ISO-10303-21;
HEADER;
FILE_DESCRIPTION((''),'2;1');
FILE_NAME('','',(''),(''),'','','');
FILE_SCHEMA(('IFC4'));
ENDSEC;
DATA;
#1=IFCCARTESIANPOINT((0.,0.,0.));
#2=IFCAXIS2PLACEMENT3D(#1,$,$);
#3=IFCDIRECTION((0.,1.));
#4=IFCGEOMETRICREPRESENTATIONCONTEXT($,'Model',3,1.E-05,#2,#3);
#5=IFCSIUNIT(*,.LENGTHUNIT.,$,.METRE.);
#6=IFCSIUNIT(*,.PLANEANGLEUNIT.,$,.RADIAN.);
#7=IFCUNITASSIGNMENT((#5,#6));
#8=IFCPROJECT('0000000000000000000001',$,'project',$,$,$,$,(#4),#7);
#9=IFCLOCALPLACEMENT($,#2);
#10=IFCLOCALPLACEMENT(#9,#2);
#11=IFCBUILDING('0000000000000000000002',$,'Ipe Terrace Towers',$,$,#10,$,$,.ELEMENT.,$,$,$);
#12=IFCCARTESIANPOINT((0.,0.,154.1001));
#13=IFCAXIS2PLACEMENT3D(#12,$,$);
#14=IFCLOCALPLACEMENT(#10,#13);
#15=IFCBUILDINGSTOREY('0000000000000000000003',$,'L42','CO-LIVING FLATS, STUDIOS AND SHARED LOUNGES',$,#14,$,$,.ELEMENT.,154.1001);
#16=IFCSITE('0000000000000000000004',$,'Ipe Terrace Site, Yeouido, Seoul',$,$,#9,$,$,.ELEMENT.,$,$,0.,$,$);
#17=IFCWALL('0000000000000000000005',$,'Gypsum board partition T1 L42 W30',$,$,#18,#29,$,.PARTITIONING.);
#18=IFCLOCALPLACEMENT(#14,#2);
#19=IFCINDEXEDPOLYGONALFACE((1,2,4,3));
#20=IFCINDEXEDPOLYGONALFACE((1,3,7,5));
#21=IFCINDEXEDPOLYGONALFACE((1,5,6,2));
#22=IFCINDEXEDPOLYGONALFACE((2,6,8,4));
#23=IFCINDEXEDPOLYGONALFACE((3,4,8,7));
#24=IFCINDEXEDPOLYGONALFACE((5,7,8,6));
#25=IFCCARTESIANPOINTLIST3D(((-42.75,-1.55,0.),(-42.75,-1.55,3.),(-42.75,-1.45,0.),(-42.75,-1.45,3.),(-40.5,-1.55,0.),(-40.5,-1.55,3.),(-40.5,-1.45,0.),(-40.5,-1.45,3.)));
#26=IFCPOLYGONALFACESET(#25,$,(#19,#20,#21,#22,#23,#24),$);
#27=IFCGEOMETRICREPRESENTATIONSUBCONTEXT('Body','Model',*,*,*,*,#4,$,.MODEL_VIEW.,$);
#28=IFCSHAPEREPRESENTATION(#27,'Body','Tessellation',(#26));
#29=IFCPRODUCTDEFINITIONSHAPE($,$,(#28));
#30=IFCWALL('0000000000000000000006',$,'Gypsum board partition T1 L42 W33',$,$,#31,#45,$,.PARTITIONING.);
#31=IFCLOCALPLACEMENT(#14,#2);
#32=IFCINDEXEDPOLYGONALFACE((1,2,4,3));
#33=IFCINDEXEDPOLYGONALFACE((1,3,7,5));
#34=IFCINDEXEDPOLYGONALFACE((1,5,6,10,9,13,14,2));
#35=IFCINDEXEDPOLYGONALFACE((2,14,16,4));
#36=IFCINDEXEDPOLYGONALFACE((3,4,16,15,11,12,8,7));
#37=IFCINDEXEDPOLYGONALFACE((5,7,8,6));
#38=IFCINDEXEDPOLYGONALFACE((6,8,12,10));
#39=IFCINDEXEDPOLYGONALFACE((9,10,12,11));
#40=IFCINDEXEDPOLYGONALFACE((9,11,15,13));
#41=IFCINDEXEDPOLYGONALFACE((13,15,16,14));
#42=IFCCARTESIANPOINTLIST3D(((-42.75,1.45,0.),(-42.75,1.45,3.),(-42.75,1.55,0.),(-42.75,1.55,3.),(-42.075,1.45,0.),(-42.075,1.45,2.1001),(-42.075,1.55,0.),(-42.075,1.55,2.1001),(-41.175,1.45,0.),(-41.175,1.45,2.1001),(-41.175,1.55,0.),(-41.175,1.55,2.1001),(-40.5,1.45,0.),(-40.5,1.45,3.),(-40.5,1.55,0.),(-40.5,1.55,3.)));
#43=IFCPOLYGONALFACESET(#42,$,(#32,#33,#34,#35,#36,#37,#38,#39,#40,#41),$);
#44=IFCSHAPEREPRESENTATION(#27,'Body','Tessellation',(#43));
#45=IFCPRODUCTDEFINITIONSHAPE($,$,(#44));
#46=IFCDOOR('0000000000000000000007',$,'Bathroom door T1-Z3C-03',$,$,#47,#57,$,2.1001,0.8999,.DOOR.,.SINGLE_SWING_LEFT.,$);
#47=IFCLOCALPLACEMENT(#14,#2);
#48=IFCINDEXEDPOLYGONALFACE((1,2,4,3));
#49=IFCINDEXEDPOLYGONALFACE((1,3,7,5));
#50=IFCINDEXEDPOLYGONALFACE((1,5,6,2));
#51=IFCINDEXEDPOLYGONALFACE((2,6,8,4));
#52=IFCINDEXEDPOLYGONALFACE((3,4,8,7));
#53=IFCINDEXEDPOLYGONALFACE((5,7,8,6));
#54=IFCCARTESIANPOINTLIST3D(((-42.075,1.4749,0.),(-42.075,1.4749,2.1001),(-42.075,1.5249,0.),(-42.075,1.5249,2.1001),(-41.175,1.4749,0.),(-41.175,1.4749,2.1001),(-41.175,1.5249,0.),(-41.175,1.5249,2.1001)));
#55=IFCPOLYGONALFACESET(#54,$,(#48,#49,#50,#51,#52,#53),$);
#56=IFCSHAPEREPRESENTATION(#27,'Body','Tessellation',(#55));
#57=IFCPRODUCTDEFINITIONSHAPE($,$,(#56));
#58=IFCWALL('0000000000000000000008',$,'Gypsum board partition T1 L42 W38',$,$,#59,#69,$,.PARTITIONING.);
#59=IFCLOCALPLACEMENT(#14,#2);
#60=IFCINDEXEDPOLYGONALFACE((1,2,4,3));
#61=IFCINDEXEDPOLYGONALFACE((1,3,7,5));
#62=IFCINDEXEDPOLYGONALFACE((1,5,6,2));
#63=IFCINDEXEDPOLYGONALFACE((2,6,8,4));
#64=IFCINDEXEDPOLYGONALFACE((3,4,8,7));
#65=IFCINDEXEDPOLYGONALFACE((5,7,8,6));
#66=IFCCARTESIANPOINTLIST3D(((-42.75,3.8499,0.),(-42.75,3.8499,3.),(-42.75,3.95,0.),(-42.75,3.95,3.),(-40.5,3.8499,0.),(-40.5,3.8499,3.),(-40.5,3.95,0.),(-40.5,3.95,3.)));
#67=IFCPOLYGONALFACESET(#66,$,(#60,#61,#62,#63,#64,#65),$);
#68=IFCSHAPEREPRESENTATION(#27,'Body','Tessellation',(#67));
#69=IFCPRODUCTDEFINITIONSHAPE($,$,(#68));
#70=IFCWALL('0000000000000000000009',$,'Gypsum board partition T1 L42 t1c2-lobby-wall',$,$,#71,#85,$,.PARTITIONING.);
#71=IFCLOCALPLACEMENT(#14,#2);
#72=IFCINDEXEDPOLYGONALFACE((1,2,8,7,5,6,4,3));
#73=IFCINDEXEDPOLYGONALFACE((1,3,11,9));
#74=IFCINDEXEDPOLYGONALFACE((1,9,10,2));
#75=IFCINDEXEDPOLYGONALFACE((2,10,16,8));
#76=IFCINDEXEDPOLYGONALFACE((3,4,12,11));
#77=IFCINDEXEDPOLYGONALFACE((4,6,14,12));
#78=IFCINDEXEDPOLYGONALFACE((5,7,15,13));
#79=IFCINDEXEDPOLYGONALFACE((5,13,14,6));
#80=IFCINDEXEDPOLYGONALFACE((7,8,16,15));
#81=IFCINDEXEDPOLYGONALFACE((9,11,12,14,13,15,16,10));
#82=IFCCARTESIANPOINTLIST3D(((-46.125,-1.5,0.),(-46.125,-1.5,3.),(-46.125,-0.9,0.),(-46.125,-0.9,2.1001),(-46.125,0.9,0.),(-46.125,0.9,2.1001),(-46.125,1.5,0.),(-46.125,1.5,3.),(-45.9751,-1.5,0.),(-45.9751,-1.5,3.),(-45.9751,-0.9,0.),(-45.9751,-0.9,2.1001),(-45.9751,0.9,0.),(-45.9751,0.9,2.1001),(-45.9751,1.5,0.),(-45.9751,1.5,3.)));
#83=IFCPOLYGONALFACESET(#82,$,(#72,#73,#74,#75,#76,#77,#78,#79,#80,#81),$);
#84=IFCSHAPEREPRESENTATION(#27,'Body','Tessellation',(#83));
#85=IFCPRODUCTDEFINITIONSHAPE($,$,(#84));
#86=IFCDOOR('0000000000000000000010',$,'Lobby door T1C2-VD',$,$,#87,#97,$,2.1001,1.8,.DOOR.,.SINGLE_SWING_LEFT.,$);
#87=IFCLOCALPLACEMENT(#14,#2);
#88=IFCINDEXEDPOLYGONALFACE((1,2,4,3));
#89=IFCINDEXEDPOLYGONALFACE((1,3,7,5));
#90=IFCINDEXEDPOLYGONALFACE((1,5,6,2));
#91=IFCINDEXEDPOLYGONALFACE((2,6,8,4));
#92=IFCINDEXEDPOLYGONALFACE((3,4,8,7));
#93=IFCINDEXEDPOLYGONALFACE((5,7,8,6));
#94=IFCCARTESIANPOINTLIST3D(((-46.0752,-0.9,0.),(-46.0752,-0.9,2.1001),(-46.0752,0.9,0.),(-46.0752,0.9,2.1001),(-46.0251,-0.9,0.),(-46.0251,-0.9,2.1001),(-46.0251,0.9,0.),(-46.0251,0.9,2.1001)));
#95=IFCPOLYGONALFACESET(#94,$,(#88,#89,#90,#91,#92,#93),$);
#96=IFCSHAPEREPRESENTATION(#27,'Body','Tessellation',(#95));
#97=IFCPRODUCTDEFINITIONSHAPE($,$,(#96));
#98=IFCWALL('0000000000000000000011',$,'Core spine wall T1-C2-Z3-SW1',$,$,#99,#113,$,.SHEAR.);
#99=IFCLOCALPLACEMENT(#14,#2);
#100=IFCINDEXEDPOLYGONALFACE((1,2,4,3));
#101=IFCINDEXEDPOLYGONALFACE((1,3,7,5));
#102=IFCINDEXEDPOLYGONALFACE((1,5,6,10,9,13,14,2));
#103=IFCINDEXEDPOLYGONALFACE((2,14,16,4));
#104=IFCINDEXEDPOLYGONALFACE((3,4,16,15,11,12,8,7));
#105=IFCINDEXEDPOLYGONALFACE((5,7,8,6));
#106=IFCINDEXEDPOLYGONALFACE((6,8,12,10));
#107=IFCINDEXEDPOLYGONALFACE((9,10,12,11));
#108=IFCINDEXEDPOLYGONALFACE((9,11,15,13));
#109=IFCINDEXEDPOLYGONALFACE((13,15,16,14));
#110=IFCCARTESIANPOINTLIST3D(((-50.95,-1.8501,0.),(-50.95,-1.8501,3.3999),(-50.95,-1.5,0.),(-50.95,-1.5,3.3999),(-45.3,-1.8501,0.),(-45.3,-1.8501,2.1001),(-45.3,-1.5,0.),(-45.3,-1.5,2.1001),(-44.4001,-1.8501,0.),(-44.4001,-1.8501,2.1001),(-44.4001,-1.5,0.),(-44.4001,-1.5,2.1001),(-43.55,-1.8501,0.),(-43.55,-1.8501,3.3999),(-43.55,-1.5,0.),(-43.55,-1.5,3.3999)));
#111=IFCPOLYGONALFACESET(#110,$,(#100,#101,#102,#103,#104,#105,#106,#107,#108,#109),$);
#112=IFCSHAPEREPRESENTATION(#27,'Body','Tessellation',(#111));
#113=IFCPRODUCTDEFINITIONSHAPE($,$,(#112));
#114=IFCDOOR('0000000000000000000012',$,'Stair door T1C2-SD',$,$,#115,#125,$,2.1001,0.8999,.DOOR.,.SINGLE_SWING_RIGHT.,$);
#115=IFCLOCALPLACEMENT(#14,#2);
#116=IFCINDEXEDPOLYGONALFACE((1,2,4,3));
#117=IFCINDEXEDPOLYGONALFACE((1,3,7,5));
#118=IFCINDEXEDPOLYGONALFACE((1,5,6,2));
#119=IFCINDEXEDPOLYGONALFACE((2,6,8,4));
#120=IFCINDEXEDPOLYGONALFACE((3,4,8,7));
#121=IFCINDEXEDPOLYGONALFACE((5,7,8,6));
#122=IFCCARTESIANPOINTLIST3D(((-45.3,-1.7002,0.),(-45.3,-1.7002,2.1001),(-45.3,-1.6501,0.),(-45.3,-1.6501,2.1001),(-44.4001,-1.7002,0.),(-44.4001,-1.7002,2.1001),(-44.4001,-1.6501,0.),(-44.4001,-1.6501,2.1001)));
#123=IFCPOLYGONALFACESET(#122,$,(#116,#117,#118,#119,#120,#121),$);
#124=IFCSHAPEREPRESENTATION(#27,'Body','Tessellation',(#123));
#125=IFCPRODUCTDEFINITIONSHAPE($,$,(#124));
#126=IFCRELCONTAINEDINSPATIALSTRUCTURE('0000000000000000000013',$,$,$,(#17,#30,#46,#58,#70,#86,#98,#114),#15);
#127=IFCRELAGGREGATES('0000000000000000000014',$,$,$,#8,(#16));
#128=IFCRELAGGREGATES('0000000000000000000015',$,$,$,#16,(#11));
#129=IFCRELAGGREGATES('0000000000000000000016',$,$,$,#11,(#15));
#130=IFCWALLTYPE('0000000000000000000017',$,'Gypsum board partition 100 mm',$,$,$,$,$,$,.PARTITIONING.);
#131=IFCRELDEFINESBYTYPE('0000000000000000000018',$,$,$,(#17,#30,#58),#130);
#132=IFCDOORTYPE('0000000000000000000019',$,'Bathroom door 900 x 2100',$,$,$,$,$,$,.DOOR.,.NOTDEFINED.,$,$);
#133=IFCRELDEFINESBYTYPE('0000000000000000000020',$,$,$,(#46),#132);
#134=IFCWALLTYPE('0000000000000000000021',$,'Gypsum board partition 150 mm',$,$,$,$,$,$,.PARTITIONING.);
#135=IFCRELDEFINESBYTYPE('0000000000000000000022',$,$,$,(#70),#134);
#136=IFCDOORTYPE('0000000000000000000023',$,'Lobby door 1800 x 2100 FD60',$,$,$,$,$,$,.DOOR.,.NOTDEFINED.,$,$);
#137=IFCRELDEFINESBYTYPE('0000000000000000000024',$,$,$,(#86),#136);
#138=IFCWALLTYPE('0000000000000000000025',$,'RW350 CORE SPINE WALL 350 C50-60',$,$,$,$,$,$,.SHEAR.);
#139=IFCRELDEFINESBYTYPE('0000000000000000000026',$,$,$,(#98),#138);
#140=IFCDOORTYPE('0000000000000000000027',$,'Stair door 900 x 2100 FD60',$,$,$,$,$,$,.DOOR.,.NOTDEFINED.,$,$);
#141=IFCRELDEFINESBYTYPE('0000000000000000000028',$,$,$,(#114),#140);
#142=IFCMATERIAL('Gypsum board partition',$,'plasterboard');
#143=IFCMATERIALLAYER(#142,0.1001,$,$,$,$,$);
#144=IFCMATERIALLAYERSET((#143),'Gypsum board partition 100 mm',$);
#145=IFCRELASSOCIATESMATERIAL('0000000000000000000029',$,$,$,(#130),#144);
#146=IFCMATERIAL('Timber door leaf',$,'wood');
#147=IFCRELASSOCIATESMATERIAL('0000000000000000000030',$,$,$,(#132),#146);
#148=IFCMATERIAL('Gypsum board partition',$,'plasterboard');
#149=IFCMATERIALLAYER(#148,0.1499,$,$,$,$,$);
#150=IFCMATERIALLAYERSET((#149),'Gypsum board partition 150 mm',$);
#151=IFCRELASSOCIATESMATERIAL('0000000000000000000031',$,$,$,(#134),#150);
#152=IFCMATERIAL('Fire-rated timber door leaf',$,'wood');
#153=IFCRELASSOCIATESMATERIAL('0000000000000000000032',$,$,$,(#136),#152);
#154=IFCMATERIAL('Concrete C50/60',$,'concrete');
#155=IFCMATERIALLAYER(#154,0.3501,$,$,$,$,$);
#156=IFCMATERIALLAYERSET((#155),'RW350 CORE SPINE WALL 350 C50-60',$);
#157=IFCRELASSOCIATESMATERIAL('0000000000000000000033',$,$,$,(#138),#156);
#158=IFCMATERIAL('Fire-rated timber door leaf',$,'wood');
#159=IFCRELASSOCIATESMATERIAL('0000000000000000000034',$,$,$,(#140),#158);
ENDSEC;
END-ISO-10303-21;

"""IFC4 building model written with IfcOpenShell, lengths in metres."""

from ifc_helpers import new_model, si_unit, direction, frame, frame_2d, origin, place, context, subcontext, project, spatial, rectangle, extrude, material, layer, layer_set, type_object, element, fill, save


model = new_model("IFC4")

# Units and contexts
model_context = context("Model", 3, precision=1e-05, world=origin(), true_north=direction((0.0, 1.0)))
body_context = subcontext(model_context, "Body", "Model", "MODEL_VIEW")
ifc_project = project(units=[si_unit("LENGTHUNIT", "METRE"), si_unit("PLANEANGLEUNIT", "RADIAN")], contexts=[model_context])

# Site, building, storey
site_placement = place(None, origin())
site = spatial("IfcSite", under=ifc_project, at=site_placement, Name="Ipe Terrace Site, Yeouido, Seoul", CompositionType="ELEMENT", RefElevation=0.0)
building_placement = place(site_placement, origin())
building = spatial("IfcBuilding", under=site, at=building_placement, Name="Ipe Terrace Towers", CompositionType="ELEMENT")
storey_placement = place(building_placement, frame((0.0, 0.0, 154.1001)))
storey = spatial("IfcBuildingStorey", under=building, at=storey_placement, Name="L42", Description="CO-LIVING FLATS, STUDIOS AND SHARED LOUNGES", CompositionType="ELEMENT", Elevation=154.1001)

# Wall
ifc_material_1 = material(Name="Gypsum board partition", Category="plasterboard")
ifc_layer_1 = layer(ifc_material_1, 0.1001)
ifc_layer_set_1 = layer_set([ifc_layer_1], Name="Gypsum board partition 100 mm")
wall_type_1 = type_object("IfcWallType", Name="Gypsum board partition 100 mm", PredefinedType="PARTITIONING", material=ifc_layer_set_1)
wall_1_placement = place(storey_placement, frame((-42.75, -1.5, 0.0), z_axis=(0.0, 0.0, 1.0), x_axis=(1.0, 0.0, 0.0)))
element("IfcWall", 1, at=wall_1_placement, inside=storey, type_object=wall_type_1, Name="Gypsum board partition T1 L42 W30", PredefinedType="PARTITIONING", context=body_context, shape_type="SweptSolid", body=[
    extrude(rectangle(XDim=2.25, YDim=0.1001, at=frame_2d((1.125, 0.0))), origin(), (0.0, 0.0, 1.0), 3.0),
])

# Wall, opening, door
wall_2_placement = place(storey_placement, frame((-42.75, 1.5, 0.0), z_axis=(0.0, 0.0, 1.0), x_axis=(1.0, 0.0, 0.0)))
wall_2 = element("IfcWall", 2, at=wall_2_placement, inside=storey, type_object=wall_type_1, Name="Gypsum board partition T1 L42 W33", PredefinedType="PARTITIONING", context=body_context, shape_type="SweptSolid", body=[
    extrude(rectangle(XDim=2.25, YDim=0.1001, at=frame_2d((1.125, 0.0))), origin(), (0.0, 0.0, 1.0), 3.0),
])
opening_1_placement = place(wall_2_placement, frame((0.675, 0.0, 0.0)))
opening_1 = element("IfcOpeningElement", 3, at=opening_1_placement, cuts=wall_2, PredefinedType="OPENING", context=body_context, shape_type="SweptSolid", body=[
    extrude(rectangle(XDim=0.8999, YDim=2.1001, at=frame_2d((0.45, 1.05))), frame((0.0, 0.0601, 0.0), z_axis=(0.0, -1.0, 0.0), x_axis=(1.0, 0.0, 0.0)), (0.0, 0.0, 1.0), 0.1201),
])
ifc_material_2 = material(Name="Timber door leaf", Category="wood")
door_type_1 = type_object("IfcDoorType", Name="Bathroom door 900 x 2100", OperationType="NOTDEFINED", PredefinedType="DOOR", material=ifc_material_2)
door_1_placement = place(opening_1_placement, origin())
door_1 = element("IfcDoor", 4, at=door_1_placement, inside=storey, type_object=door_type_1, Name="Bathroom door T1-Z3C-03", OperationType="SINGLE_SWING_LEFT", OverallHeight=2.1001, OverallWidth=0.8999, PredefinedType="DOOR", context=body_context, shape_type="SweptSolid", body=[
    extrude(rectangle(XDim=0.8999, YDim=2.1001, at=frame_2d((0.45, 1.05))), frame((0.0, 0.0249, 0.0), z_axis=(0.0, -1.0, 0.0), x_axis=(1.0, 0.0, 0.0)), (0.0, 0.0, 1.0), 0.05),
])
fill(opening_1, door_1)

# Wall
wall_3_placement = place(storey_placement, frame((-42.75, 3.8999, 0.0), z_axis=(0.0, 0.0, 1.0), x_axis=(1.0, 0.0, 0.0)))
element("IfcWall", 5, at=wall_3_placement, inside=storey, type_object=wall_type_1, Name="Gypsum board partition T1 L42 W38", PredefinedType="PARTITIONING", context=body_context, shape_type="SweptSolid", body=[
    extrude(rectangle(XDim=2.25, YDim=0.1001, at=frame_2d((1.125, 0.0))), origin(), (0.0, 0.0, 1.0), 3.0),
])

# Walls, openings, doors
ifc_material_3 = material(Name="Gypsum board partition", Category="plasterboard")
ifc_layer_2 = layer(ifc_material_3, 0.1499)
ifc_layer_set_2 = layer_set([ifc_layer_2], Name="Gypsum board partition 150 mm")
wall_type_2 = type_object("IfcWallType", Name="Gypsum board partition 150 mm", PredefinedType="PARTITIONING", material=ifc_layer_set_2)
wall_4_placement = place(storey_placement, frame((-46.05, 1.5, 0.0), z_axis=(0.0, 0.0, 1.0), x_axis=(0.0, -1.0, 0.0)))
wall_4 = element("IfcWall", 6, at=wall_4_placement, inside=storey, type_object=wall_type_2, Name="Gypsum board partition T1 L42 t1c2-lobby-wall", PredefinedType="PARTITIONING", context=body_context, shape_type="SweptSolid", body=[
    extrude(rectangle(XDim=3.0, YDim=0.1499, at=frame_2d((1.5, 0.0))), origin(), (0.0, 0.0, 1.0), 3.0),
])
opening_2_placement = place(wall_4_placement, frame((0.6001, 0.0, 0.0)))
opening_2 = element("IfcOpeningElement", 7, at=opening_2_placement, cuts=wall_4, PredefinedType="OPENING", context=body_context, shape_type="SweptSolid", body=[
    extrude(rectangle(XDim=1.8, YDim=2.1001, at=frame_2d((0.8999, 1.05))), frame((0.0, 0.085, 0.0), z_axis=(0.0, -1.0, 0.0), x_axis=(1.0, 0.0, 0.0)), (0.0, 0.0, 1.0), 0.1699),
])
ifc_material_4 = material(Name="Fire-rated timber door leaf", Category="wood")
door_type_2 = type_object("IfcDoorType", Name="Lobby door 1800 x 2100 FD60", OperationType="NOTDEFINED", PredefinedType="DOOR", material=ifc_material_4)
door_2_placement = place(opening_2_placement, origin())
door_2 = element("IfcDoor", 8, at=door_2_placement, inside=storey, type_object=door_type_2, Name="Lobby door T1C2-VD", OperationType="SINGLE_SWING_LEFT", OverallHeight=2.1001, OverallWidth=1.8, PredefinedType="DOOR", context=body_context, shape_type="SweptSolid", body=[
    extrude(rectangle(XDim=1.8, YDim=2.1001, at=frame_2d((0.8999, 1.05))), frame((0.0, 0.0249, 0.0), z_axis=(0.0, -1.0, 0.0), x_axis=(1.0, 0.0, 0.0)), (0.0, 0.0, 1.0), 0.05),
])
fill(opening_2, door_2)
ifc_material_5 = material(Name="Concrete C50/60", Category="concrete")
ifc_layer_3 = layer(ifc_material_5, 0.3501)
ifc_layer_set_3 = layer_set([ifc_layer_3], Name="RW350 CORE SPINE WALL 350 C50-60")
wall_type_3 = type_object("IfcWallType", Name="RW350 CORE SPINE WALL 350 C50-60", PredefinedType="SHEAR", material=ifc_layer_set_3)
wall_5_placement = place(storey_placement, frame((-50.95, -1.675, 0.0), z_axis=(0.0, 0.0, 1.0), x_axis=(1.0, 0.0, 0.0)))
wall_5 = element("IfcWall", 9, at=wall_5_placement, inside=storey, type_object=wall_type_3, Name="Core spine wall T1-C2-Z3-SW1", PredefinedType="SHEAR", context=body_context, shape_type="SweptSolid", body=[
    extrude(rectangle(XDim=7.3999, YDim=0.3501, at=frame_2d((3.7, 0.0))), origin(), (0.0, 0.0, 1.0), 3.3999),
])
opening_3_placement = place(wall_5_placement, frame((5.6499, 0.0, 0.0)))
opening_3 = element("IfcOpeningElement", 10, at=opening_3_placement, cuts=wall_5, PredefinedType="OPENING", context=body_context, shape_type="SweptSolid", body=[
    extrude(rectangle(XDim=0.8999, YDim=2.1001, at=frame_2d((0.45, 1.05))), frame((0.0, 0.1851, 0.0), z_axis=(0.0, -1.0, 0.0), x_axis=(1.0, 0.0, 0.0)), (0.0, 0.0, 1.0), 0.3701),
])
ifc_material_6 = material(Name="Fire-rated timber door leaf", Category="wood")
door_type_3 = type_object("IfcDoorType", Name="Stair door 900 x 2100 FD60", OperationType="NOTDEFINED", PredefinedType="DOOR", material=ifc_material_6)
door_3_placement = place(opening_3_placement, origin())
door_3 = element("IfcDoor", 11, at=door_3_placement, inside=storey, type_object=door_type_3, Name="Stair door T1C2-SD", OperationType="SINGLE_SWING_RIGHT", OverallHeight=2.1001, OverallWidth=0.8999, PredefinedType="DOOR", context=body_context, shape_type="SweptSolid", body=[
    extrude(rectangle(XDim=0.8999, YDim=2.1001, at=frame_2d((0.45, 1.05))), frame((0.0, 0.0249, 0.0), z_axis=(0.0, -1.0, 0.0), x_axis=(1.0, 0.0, 0.0)), (0.0, 0.0, 1.0), 0.05),
])
fill(opening_3, door_3)

save(model, "model.ifc")
